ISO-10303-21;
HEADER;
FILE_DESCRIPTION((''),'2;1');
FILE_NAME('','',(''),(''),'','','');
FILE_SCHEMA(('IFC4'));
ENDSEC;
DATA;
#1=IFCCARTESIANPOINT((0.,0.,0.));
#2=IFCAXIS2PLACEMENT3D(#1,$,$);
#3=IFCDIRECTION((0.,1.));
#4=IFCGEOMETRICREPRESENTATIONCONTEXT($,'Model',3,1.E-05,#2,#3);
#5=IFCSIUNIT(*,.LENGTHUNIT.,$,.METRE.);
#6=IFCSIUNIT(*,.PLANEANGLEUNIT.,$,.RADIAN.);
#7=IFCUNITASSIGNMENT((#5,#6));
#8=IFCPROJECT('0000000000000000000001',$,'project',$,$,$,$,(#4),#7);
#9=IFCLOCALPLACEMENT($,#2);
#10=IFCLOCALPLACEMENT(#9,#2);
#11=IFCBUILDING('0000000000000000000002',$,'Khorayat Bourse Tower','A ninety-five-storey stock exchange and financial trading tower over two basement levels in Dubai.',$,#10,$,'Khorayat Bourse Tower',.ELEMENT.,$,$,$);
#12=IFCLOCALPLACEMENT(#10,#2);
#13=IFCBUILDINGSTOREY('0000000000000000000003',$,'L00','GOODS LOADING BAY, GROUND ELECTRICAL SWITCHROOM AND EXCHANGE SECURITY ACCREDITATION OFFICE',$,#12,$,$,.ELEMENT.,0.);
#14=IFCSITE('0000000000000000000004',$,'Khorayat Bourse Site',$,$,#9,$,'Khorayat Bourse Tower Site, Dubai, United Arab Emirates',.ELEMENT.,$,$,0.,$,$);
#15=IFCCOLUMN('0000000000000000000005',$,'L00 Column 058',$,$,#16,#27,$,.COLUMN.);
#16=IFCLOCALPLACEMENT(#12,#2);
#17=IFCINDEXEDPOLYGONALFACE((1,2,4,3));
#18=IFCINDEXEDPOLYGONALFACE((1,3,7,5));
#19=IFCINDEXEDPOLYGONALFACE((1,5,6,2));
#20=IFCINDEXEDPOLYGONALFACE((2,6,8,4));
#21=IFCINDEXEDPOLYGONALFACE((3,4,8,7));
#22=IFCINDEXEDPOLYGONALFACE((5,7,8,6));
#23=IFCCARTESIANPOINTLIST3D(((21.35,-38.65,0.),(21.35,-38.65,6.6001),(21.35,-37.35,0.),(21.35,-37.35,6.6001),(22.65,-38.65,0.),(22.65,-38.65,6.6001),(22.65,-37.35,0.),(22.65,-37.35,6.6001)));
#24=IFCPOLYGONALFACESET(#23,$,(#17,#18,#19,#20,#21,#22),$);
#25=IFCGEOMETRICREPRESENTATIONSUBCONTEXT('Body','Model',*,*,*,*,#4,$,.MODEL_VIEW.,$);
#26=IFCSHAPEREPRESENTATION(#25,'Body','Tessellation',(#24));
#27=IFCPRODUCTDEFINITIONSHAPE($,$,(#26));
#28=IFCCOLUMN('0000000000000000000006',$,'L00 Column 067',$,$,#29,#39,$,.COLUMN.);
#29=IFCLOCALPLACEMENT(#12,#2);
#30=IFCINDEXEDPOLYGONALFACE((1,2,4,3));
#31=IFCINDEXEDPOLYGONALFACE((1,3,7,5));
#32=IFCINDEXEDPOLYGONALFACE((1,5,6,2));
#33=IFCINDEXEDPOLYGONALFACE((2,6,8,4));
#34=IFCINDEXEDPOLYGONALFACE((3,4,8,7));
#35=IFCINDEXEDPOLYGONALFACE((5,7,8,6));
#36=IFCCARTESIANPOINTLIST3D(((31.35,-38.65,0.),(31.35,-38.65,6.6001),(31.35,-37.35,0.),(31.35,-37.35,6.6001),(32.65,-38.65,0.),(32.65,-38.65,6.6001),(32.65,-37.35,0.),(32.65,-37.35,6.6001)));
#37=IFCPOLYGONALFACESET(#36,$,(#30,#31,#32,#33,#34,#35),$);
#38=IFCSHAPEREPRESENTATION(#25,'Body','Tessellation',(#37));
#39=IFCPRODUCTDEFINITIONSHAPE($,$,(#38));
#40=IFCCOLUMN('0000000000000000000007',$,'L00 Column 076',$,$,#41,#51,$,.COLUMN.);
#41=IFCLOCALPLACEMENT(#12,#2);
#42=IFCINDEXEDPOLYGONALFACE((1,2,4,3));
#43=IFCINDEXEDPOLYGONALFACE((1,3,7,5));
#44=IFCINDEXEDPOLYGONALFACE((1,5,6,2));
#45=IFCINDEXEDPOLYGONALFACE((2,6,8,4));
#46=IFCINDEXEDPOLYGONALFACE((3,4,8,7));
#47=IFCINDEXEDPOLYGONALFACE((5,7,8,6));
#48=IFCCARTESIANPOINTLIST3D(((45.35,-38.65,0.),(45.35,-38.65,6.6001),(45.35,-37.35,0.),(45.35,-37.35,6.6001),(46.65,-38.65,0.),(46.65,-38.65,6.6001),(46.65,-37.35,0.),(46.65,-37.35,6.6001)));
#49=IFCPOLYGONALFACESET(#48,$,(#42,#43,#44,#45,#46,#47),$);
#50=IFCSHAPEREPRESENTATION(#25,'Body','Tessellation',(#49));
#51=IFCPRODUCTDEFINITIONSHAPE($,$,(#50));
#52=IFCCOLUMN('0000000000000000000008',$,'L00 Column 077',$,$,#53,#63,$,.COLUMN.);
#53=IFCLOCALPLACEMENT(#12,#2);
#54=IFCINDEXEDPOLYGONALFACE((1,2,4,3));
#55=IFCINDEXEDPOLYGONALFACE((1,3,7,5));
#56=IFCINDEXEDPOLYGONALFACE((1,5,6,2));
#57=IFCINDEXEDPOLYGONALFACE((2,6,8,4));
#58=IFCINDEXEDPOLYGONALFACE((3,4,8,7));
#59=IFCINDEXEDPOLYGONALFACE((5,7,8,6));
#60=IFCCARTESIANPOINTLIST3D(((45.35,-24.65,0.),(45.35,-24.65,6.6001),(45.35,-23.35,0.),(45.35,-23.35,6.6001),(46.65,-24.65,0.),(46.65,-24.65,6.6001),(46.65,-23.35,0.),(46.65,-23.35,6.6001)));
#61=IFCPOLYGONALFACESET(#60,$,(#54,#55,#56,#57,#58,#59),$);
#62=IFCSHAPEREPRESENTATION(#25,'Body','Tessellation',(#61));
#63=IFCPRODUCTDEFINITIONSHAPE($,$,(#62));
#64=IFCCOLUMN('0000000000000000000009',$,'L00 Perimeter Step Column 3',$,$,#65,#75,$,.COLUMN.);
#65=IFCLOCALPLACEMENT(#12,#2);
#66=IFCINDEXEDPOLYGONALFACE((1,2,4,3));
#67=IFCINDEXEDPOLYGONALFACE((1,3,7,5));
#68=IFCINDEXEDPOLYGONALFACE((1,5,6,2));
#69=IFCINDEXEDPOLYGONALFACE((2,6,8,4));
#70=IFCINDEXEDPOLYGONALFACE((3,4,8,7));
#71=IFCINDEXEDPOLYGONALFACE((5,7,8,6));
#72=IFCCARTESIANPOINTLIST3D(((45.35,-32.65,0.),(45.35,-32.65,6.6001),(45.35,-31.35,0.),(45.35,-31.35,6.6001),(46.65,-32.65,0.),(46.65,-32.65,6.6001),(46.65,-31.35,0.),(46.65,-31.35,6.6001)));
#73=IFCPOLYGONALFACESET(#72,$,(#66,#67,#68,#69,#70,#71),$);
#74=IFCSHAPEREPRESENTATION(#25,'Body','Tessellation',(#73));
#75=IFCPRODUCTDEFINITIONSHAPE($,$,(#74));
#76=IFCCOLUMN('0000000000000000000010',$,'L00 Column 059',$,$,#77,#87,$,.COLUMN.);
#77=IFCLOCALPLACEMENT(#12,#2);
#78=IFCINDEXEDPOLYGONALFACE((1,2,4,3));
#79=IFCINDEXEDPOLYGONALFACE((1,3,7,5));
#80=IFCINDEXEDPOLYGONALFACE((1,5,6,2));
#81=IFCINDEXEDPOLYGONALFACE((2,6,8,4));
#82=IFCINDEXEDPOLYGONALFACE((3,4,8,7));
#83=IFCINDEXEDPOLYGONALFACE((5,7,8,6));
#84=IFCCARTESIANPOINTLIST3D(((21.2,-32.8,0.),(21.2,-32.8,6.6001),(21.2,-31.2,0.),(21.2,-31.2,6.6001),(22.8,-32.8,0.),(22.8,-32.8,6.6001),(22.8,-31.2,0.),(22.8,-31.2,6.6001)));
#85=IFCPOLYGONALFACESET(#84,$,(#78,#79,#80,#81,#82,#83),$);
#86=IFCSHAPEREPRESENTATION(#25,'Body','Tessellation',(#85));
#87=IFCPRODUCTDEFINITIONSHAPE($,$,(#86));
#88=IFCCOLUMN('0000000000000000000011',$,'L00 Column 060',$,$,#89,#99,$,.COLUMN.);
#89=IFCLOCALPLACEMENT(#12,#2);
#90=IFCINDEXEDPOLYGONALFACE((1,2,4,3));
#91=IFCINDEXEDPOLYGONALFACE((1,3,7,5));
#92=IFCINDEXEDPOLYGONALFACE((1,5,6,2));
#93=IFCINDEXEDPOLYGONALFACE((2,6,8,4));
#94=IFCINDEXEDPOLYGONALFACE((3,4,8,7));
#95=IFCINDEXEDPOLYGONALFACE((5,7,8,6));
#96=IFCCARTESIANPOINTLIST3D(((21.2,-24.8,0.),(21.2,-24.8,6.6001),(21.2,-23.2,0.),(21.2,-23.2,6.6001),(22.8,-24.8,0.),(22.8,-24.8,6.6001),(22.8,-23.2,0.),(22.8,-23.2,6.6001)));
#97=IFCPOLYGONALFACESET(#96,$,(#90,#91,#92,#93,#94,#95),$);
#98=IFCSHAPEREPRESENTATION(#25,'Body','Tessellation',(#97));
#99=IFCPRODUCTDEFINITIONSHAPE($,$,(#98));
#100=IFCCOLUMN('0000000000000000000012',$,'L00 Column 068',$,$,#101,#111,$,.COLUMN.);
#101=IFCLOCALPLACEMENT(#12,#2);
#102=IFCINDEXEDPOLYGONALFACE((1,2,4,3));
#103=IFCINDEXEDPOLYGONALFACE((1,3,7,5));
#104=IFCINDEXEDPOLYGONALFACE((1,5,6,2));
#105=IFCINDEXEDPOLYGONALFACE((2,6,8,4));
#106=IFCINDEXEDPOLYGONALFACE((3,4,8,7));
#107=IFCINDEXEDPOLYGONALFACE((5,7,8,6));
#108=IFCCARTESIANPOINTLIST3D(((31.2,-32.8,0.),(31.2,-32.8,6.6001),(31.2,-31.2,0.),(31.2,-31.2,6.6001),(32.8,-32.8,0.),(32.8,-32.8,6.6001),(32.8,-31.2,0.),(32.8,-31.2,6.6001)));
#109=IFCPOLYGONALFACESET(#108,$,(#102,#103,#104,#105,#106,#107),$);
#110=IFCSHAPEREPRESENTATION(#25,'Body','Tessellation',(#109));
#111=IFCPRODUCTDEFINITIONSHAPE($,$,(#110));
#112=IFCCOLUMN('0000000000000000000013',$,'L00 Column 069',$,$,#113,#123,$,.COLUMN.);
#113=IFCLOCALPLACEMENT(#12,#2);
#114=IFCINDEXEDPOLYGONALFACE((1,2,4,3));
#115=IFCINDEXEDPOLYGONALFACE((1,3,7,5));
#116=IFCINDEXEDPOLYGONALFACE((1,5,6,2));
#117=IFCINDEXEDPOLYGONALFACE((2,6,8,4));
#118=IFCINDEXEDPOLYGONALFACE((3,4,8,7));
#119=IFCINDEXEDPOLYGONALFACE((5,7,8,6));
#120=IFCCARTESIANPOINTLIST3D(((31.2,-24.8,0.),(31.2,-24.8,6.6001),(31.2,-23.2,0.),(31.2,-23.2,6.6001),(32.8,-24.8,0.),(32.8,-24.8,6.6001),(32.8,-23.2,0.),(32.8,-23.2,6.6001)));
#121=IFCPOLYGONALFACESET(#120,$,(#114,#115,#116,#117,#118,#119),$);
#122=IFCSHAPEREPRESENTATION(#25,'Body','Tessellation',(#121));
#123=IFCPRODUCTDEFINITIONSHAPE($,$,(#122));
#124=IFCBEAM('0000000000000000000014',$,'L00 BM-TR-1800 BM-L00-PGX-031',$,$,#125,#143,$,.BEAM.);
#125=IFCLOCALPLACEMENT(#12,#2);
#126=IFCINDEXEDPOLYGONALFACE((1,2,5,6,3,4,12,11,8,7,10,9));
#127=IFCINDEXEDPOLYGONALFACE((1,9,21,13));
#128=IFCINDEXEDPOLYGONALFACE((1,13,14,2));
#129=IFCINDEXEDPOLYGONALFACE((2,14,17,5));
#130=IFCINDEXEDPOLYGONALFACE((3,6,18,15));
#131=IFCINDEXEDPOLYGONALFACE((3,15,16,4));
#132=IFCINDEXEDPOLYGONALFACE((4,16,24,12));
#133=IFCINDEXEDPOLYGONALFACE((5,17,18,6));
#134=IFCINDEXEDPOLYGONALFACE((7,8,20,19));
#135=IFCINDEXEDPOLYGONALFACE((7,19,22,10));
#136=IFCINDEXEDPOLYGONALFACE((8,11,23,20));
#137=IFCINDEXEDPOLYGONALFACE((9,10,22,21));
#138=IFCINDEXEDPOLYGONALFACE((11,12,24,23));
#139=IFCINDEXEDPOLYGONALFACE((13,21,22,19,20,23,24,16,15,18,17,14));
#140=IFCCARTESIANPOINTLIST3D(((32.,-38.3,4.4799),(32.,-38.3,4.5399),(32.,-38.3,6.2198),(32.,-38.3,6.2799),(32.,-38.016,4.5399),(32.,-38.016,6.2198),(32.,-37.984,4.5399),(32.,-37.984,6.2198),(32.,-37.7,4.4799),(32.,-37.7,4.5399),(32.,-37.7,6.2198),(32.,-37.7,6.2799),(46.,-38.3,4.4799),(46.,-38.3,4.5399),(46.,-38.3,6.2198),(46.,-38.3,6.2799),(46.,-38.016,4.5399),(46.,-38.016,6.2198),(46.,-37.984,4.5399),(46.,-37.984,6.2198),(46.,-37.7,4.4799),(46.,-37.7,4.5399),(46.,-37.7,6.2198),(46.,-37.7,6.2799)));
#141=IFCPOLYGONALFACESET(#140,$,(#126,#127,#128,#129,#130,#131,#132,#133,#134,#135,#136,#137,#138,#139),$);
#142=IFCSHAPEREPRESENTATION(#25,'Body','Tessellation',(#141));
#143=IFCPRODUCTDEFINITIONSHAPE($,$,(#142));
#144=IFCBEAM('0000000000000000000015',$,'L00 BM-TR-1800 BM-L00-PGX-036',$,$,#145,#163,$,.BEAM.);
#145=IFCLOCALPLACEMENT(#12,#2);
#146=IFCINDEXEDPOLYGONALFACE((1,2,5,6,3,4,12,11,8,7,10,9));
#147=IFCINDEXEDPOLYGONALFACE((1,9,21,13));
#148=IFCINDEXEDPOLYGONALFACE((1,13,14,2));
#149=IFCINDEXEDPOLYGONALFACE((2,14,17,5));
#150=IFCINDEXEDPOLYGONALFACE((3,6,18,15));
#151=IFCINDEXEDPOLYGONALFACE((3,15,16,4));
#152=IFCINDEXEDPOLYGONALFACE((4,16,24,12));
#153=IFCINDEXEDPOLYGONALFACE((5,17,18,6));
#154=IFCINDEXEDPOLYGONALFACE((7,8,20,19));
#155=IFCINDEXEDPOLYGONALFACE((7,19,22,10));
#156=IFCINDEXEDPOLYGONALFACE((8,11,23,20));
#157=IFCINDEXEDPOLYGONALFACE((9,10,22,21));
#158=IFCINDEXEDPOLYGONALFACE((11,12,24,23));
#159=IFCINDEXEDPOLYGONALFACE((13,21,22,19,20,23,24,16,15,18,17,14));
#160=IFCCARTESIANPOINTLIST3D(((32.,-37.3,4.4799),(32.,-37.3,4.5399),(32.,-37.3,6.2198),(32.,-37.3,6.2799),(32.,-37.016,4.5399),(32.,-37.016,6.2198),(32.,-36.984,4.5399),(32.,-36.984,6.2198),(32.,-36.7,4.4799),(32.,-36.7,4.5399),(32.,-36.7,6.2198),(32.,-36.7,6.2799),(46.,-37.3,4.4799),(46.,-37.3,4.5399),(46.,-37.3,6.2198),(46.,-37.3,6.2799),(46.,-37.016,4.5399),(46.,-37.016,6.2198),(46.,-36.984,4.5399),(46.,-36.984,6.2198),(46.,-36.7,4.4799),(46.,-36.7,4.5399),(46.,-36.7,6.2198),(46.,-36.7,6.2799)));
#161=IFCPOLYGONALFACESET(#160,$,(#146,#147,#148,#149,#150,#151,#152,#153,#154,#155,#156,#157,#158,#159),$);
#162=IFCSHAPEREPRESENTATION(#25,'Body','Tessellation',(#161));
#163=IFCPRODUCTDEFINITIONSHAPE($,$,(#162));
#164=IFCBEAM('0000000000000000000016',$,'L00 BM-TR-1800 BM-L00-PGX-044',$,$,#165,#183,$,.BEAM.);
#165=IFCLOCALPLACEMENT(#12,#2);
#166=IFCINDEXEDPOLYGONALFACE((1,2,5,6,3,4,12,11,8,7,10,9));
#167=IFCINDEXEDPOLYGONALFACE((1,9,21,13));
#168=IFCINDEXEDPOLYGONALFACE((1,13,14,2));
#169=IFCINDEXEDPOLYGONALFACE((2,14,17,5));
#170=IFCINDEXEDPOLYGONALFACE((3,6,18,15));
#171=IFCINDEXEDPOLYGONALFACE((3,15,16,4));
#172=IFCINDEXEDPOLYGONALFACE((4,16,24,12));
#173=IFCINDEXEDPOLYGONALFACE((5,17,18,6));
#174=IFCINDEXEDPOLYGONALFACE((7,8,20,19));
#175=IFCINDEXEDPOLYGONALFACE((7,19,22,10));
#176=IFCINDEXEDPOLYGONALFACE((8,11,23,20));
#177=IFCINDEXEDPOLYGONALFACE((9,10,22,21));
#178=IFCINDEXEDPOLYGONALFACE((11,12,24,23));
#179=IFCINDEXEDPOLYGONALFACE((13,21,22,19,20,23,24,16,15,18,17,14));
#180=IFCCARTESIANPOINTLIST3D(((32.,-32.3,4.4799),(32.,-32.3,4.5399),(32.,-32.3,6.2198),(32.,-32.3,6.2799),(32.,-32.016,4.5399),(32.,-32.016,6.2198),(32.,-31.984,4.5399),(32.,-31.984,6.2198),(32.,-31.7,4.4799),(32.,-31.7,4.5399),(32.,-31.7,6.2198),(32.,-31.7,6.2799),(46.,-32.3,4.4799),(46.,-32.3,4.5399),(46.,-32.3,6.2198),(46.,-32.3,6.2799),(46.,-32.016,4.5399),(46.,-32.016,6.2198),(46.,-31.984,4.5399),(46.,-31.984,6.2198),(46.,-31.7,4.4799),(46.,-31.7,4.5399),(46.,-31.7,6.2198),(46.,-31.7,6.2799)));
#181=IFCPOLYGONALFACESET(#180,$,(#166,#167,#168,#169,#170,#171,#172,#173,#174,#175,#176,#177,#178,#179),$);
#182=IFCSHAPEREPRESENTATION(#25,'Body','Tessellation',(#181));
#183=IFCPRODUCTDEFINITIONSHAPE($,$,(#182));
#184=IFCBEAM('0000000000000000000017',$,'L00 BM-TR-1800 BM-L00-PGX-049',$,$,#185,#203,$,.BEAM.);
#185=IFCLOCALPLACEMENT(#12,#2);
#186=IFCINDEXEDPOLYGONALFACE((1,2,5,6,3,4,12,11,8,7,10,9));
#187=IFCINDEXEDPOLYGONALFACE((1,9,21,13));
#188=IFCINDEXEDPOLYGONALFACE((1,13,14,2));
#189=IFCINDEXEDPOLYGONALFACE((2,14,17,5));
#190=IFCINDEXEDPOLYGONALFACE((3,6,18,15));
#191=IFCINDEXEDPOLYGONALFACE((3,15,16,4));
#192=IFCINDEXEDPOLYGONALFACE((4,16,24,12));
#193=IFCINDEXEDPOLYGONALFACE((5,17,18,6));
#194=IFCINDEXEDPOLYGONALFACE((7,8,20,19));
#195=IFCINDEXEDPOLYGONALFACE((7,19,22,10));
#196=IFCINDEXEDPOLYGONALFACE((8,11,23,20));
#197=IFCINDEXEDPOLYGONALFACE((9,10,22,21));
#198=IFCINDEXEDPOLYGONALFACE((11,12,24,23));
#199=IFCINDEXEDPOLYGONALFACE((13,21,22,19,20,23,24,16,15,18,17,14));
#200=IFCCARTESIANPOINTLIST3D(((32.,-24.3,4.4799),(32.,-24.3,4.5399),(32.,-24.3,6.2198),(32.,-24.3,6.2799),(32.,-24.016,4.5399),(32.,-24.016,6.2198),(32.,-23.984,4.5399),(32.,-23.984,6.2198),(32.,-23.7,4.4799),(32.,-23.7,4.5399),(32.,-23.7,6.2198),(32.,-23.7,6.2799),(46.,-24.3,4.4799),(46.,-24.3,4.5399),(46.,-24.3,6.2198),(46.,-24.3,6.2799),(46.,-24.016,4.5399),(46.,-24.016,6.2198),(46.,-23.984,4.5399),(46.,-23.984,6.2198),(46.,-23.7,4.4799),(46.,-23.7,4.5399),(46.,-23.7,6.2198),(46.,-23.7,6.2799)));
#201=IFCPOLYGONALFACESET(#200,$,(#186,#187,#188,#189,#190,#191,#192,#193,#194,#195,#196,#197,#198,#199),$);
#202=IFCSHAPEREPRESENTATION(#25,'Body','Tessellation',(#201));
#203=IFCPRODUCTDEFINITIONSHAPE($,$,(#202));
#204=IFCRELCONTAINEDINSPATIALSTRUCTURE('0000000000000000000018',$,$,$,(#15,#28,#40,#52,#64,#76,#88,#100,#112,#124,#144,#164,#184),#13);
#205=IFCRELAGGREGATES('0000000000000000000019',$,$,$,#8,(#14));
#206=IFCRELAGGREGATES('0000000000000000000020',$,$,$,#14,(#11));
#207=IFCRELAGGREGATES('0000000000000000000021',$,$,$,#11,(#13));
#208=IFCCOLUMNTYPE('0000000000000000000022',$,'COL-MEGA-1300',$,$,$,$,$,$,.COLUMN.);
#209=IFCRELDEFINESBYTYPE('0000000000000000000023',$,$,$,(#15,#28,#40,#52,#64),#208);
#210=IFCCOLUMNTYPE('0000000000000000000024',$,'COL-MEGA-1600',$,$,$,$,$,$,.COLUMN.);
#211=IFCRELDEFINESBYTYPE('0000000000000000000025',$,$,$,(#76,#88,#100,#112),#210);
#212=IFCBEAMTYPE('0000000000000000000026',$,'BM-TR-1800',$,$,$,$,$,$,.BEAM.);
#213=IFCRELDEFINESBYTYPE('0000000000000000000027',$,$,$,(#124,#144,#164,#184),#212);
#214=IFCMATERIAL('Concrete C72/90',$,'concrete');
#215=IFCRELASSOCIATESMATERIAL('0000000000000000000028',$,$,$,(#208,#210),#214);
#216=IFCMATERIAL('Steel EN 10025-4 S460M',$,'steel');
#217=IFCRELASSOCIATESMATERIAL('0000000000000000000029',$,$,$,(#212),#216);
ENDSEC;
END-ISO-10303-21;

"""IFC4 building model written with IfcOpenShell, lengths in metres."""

from ifc_helpers import new_model, si_unit, direction, frame, origin, origin_2d, place, context, subcontext, project, spatial, rectangle, i_section, extrude, source, transform, mapped, material, material_profile, profile_set, type_object, element, save


model = new_model("IFC4")

# Units and contexts
model_context = context("Model", 3, precision=1e-05, world=origin(), true_north=direction((0.0, 1.0)))
body_context = subcontext(model_context, "Body", "Model", "MODEL_VIEW")
ifc_project = project(units=[si_unit("LENGTHUNIT", "METRE"), si_unit("PLANEANGLEUNIT", "RADIAN")], contexts=[model_context])

# Site, building, storey
site_placement = place(None, origin())
site = spatial("IfcSite", under=ifc_project, at=site_placement, Name="Khorayat Bourse Site", LongName="Khorayat Bourse Tower Site, Dubai, United Arab Emirates", CompositionType="ELEMENT", RefElevation=0.0)
building_placement = place(site_placement, origin())
building = spatial("IfcBuilding", under=site, at=building_placement, Name="Khorayat Bourse Tower", Description="A ninety-five-storey stock exchange and financial trading tower over two basement levels in Dubai.", LongName="Khorayat Bourse Tower", CompositionType="ELEMENT")
storey_placement = place(building_placement, origin())
storey = spatial("IfcBuildingStorey", under=building, at=storey_placement, Name="L00", Description="GOODS LOADING BAY, GROUND ELECTRICAL SWITCHROOM AND EXCHANGE SECURITY ACCREDITATION OFFICE", CompositionType="ELEMENT", Elevation=0.0)

# Columns
ifc_material_1 = material(Name="Concrete C72/90", Category="concrete")
ifc_material_profile_1 = material_profile(ifc_material_1, rectangle(XDim=1.3, YDim=1.3, at=origin_2d()), Name="RC 1300x1300")
ifc_profile_set_1 = profile_set([ifc_material_profile_1], Name="Concrete C72/90")
column_type_1 = type_object("IfcColumnType", Name="COL-MEGA-1300", PredefinedType="COLUMN", material=ifc_profile_set_1)
shared_shape_1 = source(origin(), body_context, "Body", "SweptSolid", [
    extrude(rectangle(XDim=1.3, YDim=1.3, at=origin_2d()), origin(), (0.0, 0.0, 1.0), 6.6001),
])
for number, where, z_axis, x_axis, name in (
    (1, (22.0, -38.0, 0.0), (0.0, 0.0, 1.0), (1.0, 0.0, 0.0), "L00 Column 058"),
    (2, (32.0, -38.0, 0.0), (0.0, 0.0, 1.0), (1.0, 0.0, 0.0), "L00 Column 067"),
    (3, (46.0, -38.0, 0.0), (0.0, 0.0, 1.0), (1.0, 0.0, 0.0), "L00 Column 076"),
    (4, (46.0, -24.0, 0.0), (0.0, 0.0, 1.0), (1.0, 0.0, 0.0), "L00 Column 077"),
    (5, (46.0, -32.0, 0.0), (0.0, 0.0, 1.0), (1.0, 0.0, 0.0), "L00 Perimeter Step Column 3"),
):
    element("IfcColumn", number, at=place(storey_placement, frame(where, z_axis=z_axis, x_axis=x_axis)), inside=storey, type_object=column_type_1, Name=name, PredefinedType="COLUMN", context=body_context, shape_type="MappedRepresentation", body=[
        mapped(shared_shape_1, transform((0.0, 0.0, 0.0), scale=1.0)),
    ])
ifc_material_profile_2 = material_profile(ifc_material_1, rectangle(XDim=1.6001, YDim=1.6001, at=origin_2d()), Name="RC 1600x1600")
ifc_profile_set_2 = profile_set([ifc_material_profile_2], Name="Concrete C72/90")
column_type_2 = type_object("IfcColumnType", Name="COL-MEGA-1600", PredefinedType="COLUMN", material=ifc_profile_set_2)
shared_shape_2 = source(origin(), body_context, "Body", "SweptSolid", [
    extrude(rectangle(XDim=1.6001, YDim=1.6001, at=origin_2d()), origin(), (0.0, 0.0, 1.0), 6.6001),
])
for number, where, z_axis, x_axis, name in (
    (6, (22.0, -32.0, 0.0), (0.0, 0.0, 1.0), (1.0, 0.0, 0.0), "L00 Column 059"),
    (7, (22.0, -24.0, 0.0), (0.0, 0.0, 1.0), (1.0, 0.0, 0.0), "L00 Column 060"),
    (8, (32.0, -32.0, 0.0), (0.0, 0.0, 1.0), (1.0, 0.0, 0.0), "L00 Column 068"),
    (9, (32.0, -24.0, 0.0), (0.0, 0.0, 1.0), (1.0, 0.0, 0.0), "L00 Column 069"),
):
    element("IfcColumn", number, at=place(storey_placement, frame(where, z_axis=z_axis, x_axis=x_axis)), inside=storey, type_object=column_type_2, Name=name, PredefinedType="COLUMN", context=body_context, shape_type="MappedRepresentation", body=[
        mapped(shared_shape_2, transform((0.0, 0.0, 0.0), scale=1.0)),
    ])

# Beams
ifc_material_2 = material(Name="Steel EN 10025-4 S460M", Category="steel")
ifc_material_profile_3 = material_profile(ifc_material_2, i_section(OverallWidth=0.6001, OverallDepth=1.8, WebThickness=0.032, FlangeThickness=0.0601, at=origin_2d()), Name="PG 1800x600x32x60")
ifc_profile_set_3 = profile_set([ifc_material_profile_3], Name="Steel EN 10025-4 S460M")
beam_type_1 = type_object("IfcBeamType", Name="BM-TR-1800", PredefinedType="BEAM", material=ifc_profile_set_3)
shared_shape_3 = source(origin(), body_context, "Body", "SweptSolid", [
    extrude(i_section(OverallWidth=0.6001, OverallDepth=1.8, WebThickness=0.032, FlangeThickness=0.0601, at=origin_2d()), origin(), (0.0, 0.0, 1.0), 14.0),
])
for number, where, z_axis, x_axis, name in (
    (10, (32.0, -38.0, 5.3799), (1.0, 0.0, 0.0), (0.0, 1.0, 0.0), "L00 BM-TR-1800 BM-L00-PGX-031"),
    (11, (32.0, -37.0, 5.3799), (1.0, 0.0, 0.0), (0.0, 1.0, 0.0), "L00 BM-TR-1800 BM-L00-PGX-036"),
    (12, (32.0, -32.0, 5.3799), (1.0, 0.0, 0.0), (0.0, 1.0, 0.0), "L00 BM-TR-1800 BM-L00-PGX-044"),
    (13, (32.0, -24.0, 5.3799), (1.0, 0.0, 0.0), (0.0, 1.0, 0.0), "L00 BM-TR-1800 BM-L00-PGX-049"),
):
    element("IfcBeam", number, at=place(storey_placement, frame(where, z_axis=z_axis, x_axis=x_axis)), inside=storey, type_object=beam_type_1, Name=name, PredefinedType="BEAM", context=body_context, shape_type="MappedRepresentation", body=[
        mapped(shared_shape_3, transform((0.0, 0.0, 0.0), scale=1.0)),
    ])

save(model, "model.ifc")
